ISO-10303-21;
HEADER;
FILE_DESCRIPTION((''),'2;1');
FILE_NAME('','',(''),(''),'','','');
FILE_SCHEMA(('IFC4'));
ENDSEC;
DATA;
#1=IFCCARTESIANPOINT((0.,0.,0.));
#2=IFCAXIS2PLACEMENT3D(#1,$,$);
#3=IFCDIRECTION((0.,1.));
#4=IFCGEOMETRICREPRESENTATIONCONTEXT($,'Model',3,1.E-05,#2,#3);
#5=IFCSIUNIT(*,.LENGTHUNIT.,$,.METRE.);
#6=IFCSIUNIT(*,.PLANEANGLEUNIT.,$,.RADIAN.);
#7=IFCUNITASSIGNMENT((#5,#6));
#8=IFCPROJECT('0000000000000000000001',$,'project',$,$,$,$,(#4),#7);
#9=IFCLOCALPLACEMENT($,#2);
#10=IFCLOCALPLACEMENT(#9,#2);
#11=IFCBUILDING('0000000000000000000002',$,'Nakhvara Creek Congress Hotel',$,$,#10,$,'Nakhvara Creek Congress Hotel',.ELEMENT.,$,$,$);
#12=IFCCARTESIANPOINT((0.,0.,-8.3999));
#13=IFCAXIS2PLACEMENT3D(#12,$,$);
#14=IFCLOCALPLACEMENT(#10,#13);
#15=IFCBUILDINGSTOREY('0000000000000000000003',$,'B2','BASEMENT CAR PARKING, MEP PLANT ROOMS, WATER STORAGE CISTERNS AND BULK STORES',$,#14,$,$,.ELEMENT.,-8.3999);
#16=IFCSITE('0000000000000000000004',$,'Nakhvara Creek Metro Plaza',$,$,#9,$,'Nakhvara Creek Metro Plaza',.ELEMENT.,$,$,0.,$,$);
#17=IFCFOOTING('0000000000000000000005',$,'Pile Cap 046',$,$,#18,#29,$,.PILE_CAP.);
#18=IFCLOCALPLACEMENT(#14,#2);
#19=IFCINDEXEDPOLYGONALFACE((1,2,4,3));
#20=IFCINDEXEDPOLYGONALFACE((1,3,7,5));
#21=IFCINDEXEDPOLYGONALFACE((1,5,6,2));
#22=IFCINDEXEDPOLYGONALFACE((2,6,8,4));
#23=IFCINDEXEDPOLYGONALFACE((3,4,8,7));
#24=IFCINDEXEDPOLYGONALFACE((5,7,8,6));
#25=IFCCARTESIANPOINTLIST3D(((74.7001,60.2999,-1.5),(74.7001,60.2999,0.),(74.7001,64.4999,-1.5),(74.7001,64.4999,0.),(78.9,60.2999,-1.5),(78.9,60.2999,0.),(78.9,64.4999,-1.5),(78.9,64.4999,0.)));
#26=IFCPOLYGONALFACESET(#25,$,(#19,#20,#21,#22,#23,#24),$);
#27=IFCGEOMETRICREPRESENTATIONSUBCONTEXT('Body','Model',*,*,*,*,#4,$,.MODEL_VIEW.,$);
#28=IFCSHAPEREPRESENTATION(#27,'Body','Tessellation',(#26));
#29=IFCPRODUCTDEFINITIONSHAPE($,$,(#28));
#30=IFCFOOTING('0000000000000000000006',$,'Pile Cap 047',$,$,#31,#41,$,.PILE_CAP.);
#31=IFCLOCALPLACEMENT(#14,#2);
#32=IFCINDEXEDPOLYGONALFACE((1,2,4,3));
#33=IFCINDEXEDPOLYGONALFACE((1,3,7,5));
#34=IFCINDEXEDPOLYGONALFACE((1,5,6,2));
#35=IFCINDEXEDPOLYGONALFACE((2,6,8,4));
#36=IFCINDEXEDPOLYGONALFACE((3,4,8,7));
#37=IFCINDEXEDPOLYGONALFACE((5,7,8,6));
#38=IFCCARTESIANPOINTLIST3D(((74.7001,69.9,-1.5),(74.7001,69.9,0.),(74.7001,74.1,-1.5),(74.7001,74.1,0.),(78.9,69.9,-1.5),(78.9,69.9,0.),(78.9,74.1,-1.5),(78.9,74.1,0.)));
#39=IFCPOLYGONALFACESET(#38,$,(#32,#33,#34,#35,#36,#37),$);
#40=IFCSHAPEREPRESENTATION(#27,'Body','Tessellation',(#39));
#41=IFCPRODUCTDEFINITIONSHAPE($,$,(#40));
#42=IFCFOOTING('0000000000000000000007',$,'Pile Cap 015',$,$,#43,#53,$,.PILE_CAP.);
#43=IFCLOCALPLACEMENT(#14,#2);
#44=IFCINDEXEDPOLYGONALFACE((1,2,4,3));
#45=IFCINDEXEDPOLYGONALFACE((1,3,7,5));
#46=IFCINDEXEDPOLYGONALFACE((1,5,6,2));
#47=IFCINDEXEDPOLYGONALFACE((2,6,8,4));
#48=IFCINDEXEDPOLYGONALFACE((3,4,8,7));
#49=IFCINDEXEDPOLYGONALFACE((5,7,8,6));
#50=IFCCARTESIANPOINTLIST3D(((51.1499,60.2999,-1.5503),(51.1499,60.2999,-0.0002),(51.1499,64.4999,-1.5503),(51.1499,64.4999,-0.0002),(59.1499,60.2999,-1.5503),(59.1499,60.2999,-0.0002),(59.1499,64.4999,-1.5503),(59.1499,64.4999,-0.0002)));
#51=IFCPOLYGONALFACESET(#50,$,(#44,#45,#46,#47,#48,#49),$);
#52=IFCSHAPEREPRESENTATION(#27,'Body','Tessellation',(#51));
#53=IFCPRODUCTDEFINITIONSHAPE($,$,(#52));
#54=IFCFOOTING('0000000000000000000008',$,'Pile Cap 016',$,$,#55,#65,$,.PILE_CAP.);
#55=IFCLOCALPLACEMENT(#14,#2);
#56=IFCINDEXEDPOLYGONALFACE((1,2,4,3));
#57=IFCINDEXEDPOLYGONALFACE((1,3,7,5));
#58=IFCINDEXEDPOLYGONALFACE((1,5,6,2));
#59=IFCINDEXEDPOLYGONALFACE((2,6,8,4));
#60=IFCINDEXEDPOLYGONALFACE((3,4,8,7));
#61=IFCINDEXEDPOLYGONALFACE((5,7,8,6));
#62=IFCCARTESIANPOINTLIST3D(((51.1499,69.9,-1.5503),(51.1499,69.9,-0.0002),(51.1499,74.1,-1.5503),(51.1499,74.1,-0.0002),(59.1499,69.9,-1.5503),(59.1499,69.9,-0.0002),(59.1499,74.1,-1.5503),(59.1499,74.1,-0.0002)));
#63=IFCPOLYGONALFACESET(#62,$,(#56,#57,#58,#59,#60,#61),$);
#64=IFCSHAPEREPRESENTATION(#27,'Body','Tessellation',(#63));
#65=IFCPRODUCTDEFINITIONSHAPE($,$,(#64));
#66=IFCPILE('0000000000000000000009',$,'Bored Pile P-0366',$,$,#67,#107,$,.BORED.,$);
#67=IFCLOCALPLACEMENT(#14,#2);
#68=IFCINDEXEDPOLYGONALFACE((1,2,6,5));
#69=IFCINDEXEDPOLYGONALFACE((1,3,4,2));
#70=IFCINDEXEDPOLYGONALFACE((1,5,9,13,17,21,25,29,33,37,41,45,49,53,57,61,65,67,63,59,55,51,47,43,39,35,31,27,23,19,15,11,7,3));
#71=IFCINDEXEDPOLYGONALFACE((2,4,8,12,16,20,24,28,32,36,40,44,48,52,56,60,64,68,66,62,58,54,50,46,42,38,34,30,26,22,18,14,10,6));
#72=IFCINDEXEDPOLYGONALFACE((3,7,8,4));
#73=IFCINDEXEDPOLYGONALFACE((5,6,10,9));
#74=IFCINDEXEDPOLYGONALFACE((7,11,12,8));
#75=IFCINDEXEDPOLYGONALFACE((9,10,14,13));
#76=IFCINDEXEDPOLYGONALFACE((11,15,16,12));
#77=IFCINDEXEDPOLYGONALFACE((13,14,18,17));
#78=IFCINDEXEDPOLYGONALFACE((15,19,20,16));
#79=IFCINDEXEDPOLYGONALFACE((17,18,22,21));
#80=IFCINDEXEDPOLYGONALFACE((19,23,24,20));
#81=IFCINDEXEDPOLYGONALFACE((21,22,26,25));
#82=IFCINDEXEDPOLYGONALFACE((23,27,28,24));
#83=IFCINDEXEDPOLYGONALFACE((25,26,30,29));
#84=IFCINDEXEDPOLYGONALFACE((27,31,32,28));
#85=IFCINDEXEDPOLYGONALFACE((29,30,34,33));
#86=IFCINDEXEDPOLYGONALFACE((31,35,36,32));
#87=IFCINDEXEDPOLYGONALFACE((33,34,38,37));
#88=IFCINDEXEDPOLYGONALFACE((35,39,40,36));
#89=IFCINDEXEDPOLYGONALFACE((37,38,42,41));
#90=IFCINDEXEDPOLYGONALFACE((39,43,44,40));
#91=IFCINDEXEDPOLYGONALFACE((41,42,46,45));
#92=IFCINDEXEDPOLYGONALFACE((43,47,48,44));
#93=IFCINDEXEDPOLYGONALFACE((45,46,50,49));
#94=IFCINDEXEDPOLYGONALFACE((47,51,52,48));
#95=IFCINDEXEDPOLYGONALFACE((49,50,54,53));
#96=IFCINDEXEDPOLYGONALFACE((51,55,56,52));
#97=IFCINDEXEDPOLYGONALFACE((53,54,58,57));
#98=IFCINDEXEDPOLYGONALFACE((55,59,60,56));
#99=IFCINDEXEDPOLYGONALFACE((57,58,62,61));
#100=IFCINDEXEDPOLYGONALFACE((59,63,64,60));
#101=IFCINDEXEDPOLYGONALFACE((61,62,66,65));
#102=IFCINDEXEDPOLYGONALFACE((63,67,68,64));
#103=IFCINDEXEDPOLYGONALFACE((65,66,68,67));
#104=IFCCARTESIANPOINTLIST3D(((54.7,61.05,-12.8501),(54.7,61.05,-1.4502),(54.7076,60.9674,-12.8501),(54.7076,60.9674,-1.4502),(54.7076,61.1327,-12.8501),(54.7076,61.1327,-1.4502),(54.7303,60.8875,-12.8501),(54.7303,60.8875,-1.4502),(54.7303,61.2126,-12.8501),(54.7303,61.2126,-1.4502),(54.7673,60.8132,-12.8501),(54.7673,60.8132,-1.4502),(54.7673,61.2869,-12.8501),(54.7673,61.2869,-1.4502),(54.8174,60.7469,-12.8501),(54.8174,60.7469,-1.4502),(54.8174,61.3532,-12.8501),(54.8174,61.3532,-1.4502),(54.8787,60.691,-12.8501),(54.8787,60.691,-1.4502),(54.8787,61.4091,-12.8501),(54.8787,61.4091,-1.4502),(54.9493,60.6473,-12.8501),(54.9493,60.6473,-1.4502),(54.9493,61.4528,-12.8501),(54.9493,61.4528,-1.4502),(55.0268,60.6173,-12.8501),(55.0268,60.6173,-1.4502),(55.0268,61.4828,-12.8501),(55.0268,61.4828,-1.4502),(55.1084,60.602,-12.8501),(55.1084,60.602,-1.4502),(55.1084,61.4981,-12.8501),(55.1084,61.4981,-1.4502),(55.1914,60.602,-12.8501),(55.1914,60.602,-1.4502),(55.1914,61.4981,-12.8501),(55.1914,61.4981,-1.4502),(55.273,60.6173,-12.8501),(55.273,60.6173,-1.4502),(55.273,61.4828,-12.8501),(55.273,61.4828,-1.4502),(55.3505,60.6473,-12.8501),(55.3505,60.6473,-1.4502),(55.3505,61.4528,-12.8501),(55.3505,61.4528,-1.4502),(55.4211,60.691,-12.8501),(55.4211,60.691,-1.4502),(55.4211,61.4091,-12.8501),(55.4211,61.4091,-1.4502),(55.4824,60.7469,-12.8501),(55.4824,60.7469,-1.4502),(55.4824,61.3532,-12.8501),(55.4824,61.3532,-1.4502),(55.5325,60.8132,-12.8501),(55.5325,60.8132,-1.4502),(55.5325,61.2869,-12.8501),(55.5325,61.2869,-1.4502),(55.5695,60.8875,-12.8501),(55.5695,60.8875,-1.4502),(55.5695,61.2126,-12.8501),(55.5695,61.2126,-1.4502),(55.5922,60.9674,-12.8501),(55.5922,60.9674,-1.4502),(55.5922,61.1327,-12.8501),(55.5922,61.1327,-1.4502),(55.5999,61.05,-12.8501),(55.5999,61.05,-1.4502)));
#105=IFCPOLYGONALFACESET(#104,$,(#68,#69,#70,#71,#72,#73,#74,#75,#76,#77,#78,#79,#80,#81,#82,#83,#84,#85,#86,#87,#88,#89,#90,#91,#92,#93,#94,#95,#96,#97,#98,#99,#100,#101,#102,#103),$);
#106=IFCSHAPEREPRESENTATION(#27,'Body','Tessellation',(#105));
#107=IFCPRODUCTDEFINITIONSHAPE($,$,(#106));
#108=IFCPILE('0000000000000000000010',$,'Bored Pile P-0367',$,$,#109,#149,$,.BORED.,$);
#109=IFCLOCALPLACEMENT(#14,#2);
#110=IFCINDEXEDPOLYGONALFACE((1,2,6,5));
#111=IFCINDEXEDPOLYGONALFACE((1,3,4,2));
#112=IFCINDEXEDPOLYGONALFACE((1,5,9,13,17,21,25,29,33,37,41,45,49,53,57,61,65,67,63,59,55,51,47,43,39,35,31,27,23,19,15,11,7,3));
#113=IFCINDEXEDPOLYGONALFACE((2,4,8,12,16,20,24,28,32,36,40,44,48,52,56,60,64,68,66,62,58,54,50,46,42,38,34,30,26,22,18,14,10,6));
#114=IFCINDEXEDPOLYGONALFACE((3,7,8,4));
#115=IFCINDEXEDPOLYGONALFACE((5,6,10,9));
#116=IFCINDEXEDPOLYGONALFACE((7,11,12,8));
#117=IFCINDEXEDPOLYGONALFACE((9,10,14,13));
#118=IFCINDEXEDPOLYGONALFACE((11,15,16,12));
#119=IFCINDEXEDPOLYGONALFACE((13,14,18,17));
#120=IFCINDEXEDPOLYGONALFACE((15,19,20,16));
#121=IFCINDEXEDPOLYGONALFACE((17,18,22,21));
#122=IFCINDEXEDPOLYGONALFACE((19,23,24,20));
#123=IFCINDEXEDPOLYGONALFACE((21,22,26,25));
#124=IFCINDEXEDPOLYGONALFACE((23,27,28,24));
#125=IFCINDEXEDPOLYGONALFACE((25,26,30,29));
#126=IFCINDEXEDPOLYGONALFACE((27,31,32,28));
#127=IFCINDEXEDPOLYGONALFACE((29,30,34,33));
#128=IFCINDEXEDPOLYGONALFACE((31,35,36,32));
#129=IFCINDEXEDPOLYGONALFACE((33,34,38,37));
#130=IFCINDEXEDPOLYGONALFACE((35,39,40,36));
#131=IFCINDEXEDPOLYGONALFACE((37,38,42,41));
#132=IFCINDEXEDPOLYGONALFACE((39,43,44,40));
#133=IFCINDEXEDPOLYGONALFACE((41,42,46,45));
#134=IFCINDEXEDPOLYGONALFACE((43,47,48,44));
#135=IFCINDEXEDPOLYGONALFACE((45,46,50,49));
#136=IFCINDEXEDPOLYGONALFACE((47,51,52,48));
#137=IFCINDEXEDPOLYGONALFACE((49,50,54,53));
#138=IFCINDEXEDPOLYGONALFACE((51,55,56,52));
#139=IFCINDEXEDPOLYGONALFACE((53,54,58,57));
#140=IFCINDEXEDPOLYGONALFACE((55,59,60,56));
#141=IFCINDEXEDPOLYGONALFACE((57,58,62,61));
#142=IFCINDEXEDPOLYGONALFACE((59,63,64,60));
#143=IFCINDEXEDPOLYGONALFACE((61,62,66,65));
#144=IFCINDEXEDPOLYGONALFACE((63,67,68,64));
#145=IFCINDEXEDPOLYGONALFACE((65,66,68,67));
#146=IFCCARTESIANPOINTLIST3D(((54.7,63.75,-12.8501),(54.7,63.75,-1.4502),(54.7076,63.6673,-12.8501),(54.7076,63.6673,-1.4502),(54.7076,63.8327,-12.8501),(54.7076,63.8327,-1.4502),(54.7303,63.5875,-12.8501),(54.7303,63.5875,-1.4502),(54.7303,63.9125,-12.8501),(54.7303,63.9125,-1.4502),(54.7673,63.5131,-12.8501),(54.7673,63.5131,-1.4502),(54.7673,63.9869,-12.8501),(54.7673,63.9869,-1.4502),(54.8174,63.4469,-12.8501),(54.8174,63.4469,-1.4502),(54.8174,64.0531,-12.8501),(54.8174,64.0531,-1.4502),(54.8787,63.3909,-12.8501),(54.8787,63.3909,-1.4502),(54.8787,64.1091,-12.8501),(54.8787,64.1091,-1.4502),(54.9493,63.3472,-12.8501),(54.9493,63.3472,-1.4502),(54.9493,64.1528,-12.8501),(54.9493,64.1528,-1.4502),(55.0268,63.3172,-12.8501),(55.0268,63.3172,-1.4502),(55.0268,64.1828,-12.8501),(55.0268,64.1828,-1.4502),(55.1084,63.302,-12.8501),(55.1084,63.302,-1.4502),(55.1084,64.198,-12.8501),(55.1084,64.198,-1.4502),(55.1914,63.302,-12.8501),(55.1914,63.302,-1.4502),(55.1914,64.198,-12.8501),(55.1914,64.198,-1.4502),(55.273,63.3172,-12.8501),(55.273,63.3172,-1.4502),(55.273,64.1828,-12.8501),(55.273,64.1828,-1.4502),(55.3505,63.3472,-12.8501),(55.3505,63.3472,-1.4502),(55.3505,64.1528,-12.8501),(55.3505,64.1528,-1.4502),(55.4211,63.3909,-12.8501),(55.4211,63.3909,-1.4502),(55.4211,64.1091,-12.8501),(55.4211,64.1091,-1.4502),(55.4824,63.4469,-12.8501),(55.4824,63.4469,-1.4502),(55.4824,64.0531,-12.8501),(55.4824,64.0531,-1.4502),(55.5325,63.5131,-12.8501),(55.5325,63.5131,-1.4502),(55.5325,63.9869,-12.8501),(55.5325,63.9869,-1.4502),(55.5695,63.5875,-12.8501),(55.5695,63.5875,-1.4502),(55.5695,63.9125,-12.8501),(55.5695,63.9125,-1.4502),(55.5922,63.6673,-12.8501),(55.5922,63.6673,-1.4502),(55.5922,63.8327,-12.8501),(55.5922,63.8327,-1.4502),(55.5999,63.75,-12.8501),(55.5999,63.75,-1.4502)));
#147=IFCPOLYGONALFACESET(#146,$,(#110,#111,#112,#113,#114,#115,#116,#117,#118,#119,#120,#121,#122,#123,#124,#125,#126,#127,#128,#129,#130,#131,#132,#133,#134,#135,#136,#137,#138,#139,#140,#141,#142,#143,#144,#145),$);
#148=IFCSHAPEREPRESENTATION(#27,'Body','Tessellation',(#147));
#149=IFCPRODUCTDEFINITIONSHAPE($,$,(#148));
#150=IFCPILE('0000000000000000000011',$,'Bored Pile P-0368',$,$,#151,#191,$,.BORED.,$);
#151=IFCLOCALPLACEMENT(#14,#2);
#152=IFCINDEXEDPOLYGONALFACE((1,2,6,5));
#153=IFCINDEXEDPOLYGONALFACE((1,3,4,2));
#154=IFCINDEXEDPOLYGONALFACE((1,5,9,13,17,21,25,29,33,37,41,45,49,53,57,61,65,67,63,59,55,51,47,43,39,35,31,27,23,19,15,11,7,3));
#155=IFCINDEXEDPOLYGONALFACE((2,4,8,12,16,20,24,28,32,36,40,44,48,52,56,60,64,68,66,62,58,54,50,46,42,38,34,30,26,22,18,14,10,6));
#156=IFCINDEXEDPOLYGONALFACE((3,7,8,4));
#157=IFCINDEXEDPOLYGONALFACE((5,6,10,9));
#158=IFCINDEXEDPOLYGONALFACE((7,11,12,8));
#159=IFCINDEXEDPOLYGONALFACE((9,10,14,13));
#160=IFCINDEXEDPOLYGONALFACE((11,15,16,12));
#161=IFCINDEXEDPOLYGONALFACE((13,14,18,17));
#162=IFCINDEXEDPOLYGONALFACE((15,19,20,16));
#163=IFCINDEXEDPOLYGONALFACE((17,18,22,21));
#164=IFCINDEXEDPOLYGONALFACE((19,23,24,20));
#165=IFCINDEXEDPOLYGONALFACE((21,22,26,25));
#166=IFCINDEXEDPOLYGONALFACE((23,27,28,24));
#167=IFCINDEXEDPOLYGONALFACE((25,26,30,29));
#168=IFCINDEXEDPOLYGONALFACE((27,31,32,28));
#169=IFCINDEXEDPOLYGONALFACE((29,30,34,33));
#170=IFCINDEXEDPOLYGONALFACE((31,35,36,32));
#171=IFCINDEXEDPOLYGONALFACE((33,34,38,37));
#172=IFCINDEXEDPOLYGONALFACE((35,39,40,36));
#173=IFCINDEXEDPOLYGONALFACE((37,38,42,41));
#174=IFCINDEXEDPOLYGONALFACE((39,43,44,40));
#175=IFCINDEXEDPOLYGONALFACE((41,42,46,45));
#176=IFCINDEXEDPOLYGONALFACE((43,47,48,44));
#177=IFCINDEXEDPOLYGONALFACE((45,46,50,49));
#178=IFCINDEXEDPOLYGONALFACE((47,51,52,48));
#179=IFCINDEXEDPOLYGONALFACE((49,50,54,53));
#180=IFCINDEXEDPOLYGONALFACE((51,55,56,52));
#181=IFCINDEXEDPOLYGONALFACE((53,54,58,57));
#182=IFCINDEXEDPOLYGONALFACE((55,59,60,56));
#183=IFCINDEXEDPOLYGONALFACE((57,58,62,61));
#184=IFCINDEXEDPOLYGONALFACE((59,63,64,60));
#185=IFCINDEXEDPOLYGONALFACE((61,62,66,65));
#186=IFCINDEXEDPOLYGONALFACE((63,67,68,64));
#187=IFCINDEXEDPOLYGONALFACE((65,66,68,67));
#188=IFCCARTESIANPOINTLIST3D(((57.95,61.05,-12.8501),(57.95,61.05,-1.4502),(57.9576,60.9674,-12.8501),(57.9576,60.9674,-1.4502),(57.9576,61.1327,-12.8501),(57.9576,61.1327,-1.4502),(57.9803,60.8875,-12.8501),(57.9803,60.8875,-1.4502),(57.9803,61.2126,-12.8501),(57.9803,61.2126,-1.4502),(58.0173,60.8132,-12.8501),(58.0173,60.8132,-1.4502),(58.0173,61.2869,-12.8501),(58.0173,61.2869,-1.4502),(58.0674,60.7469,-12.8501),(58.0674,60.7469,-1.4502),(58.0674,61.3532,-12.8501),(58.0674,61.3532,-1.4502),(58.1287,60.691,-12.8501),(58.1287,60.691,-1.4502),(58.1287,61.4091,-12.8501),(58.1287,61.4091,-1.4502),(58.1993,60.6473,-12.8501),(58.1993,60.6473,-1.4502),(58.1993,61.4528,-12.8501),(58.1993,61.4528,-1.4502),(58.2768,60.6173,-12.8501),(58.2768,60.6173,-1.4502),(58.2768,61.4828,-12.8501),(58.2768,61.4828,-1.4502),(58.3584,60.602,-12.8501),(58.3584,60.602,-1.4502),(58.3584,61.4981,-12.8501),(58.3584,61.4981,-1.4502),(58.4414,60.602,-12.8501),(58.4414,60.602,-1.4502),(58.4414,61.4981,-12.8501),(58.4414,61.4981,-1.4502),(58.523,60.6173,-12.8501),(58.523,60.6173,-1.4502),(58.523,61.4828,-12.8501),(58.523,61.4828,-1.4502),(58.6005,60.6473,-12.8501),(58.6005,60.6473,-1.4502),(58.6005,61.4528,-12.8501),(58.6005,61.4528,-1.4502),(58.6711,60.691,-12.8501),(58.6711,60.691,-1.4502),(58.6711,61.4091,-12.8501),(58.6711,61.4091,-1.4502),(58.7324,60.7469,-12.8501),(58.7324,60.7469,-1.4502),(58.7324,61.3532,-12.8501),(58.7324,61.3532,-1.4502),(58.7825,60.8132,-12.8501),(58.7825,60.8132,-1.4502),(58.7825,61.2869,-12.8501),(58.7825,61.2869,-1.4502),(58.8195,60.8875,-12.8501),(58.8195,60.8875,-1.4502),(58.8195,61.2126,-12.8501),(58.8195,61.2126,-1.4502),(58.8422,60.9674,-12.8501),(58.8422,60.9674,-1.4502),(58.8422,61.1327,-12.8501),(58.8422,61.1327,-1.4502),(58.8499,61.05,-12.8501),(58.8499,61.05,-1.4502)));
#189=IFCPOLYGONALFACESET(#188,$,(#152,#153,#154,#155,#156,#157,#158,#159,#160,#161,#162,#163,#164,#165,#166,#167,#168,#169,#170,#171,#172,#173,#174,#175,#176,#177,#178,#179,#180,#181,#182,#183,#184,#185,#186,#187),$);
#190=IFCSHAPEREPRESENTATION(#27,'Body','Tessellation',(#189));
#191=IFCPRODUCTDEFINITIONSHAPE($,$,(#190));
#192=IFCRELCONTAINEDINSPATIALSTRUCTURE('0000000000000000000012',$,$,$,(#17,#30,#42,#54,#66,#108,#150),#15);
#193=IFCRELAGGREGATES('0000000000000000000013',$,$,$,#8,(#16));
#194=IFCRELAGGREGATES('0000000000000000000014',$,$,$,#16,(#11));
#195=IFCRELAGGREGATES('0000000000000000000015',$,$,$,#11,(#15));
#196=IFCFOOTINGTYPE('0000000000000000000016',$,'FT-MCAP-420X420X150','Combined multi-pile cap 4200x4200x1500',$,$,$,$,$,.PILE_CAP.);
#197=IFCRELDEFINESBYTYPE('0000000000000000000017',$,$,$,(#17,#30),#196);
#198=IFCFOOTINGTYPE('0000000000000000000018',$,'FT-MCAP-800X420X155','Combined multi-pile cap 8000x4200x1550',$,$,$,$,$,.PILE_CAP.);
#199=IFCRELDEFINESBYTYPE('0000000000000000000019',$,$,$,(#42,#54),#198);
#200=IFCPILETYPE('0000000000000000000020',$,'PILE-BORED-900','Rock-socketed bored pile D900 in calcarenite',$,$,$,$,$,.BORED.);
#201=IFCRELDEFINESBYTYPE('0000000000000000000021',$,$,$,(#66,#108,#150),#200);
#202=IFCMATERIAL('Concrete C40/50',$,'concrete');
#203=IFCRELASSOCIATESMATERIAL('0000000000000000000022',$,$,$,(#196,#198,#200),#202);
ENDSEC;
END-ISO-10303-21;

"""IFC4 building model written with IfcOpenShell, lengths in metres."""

from ifc_helpers import new_model, si_unit, direction, frame, origin, origin_2d, place, context, subcontext, project, spatial, rectangle, circle, extrude, material, material_profile, profile_set, type_object, element, save


model = new_model("IFC4")

# Units and contexts
model_context = context("Model", 3, precision=1e-05, world=origin(), true_north=direction((0.0, 1.0)))
body_context = subcontext(model_context, "Body", "Model", "MODEL_VIEW")
ifc_project = project(units=[si_unit("LENGTHUNIT", "METRE"), si_unit("PLANEANGLEUNIT", "RADIAN")], contexts=[model_context])

# Site, building, storey
site_placement = place(None, origin())
site = spatial("IfcSite", under=ifc_project, at=site_placement, Name="Nakhvara Creek Metro Plaza", LongName="Nakhvara Creek Metro Plaza", CompositionType="ELEMENT", RefElevation=0.0)
building_placement = place(site_placement, origin())
building = spatial("IfcBuilding", under=site, at=building_placement, Name="Nakhvara Creek Congress Hotel", LongName="Nakhvara Creek Congress Hotel", CompositionType="ELEMENT")
storey_placement = place(building_placement, frame((0.0, 0.0, -8.3999)))
storey = spatial("IfcBuildingStorey", under=building, at=storey_placement, Name="B2", Description="BASEMENT CAR PARKING, MEP PLANT ROOMS, WATER STORAGE CISTERNS AND BULK STORES", CompositionType="ELEMENT", Elevation=-8.3999)

# Footings
ifc_material_1 = material(Name="Concrete C40/50", Category="concrete")
footing_type_1 = type_object("IfcFootingType", Name="FT-MCAP-420X420X150", Description="Combined multi-pile cap 4200x4200x1500", PredefinedType="PILE_CAP", material=ifc_material_1)
for number, where, z_axis, x_axis, name in (
    (1, (76.8, 62.3999, -1.5), (0.0, 0.0, 1.0), (1.0, 0.0, 0.0), "Pile Cap 046"),
    (2, (76.8, 72.0, -1.5), (0.0, 0.0, 1.0), (1.0, 0.0, 0.0), "Pile Cap 047"),
):
    element("IfcFooting", number, at=place(storey_placement, frame(where, z_axis=z_axis, x_axis=x_axis)), inside=storey, type_object=footing_type_1, Name=name, PredefinedType="PILE_CAP", context=body_context, shape_type="SweptSolid", body=[
        extrude(rectangle(XDim=4.2, YDim=4.2, at=origin_2d()), origin(), (0.0, 0.0, 1.0), 1.5),
    ])
footing_type_2 = type_object("IfcFootingType", Name="FT-MCAP-800X420X155", Description="Combined multi-pile cap 8000x4200x1550", PredefinedType="PILE_CAP", material=ifc_material_1)
for number, where, z_axis, x_axis, name in (
    (3, (55.1499, 62.3999, -1.5503), (0.0, 0.0, 1.0), (1.0, 0.0, 0.0), "Pile Cap 015"),
    (4, (55.1499, 72.0, -1.5503), (0.0, 0.0, 1.0), (1.0, 0.0, 0.0), "Pile Cap 016"),
):
    element("IfcFooting", number, at=place(storey_placement, frame(where, z_axis=z_axis, x_axis=x_axis)), inside=storey, type_object=footing_type_2, Name=name, PredefinedType="PILE_CAP", context=body_context, shape_type="SweptSolid", body=[
        extrude(rectangle(XDim=8.0, YDim=4.2, at=origin_2d()), origin(), (0.0, 0.0, 1.0), 1.55),
    ])

# Piles
ifc_material_profile_1 = material_profile(ifc_material_1, circle(Radius=0.45, at=origin_2d()), Name="BORED PILE D900", Category="LoadBearing")
ifc_profile_set_1 = profile_set([ifc_material_profile_1], Name="Concrete C40/50")
pile_type = type_object("IfcPileType", Name="PILE-BORED-900", Description="Rock-socketed bored pile D900 in calcarenite", PredefinedType="BORED", material=ifc_profile_set_1)
for number, where, z_axis, x_axis, name in (
    (5, (55.1499, 61.05, -1.4502), (0.0, 0.0, -1.0), (1.0, 0.0, 0.0), "Bored Pile P-0366"),
    (6, (55.1499, 63.75, -1.4502), (0.0, 0.0, -1.0), (1.0, 0.0, 0.0), "Bored Pile P-0367"),
    (7, (58.3999, 61.05, -1.4502), (0.0, 0.0, -1.0), (1.0, 0.0, 0.0), "Bored Pile P-0368"),
):
    element("IfcPile", number, at=place(storey_placement, frame(where, z_axis=z_axis, x_axis=x_axis)), inside=storey, type_object=pile_type, Name=name, PredefinedType="BORED", context=body_context, shape_type="SweptSolid", body=[
        extrude(circle(Radius=0.45, at=origin_2d()), origin(), (0.0, 0.0, 1.0), 11.3999),
    ])

save(model, "model.ifc")
